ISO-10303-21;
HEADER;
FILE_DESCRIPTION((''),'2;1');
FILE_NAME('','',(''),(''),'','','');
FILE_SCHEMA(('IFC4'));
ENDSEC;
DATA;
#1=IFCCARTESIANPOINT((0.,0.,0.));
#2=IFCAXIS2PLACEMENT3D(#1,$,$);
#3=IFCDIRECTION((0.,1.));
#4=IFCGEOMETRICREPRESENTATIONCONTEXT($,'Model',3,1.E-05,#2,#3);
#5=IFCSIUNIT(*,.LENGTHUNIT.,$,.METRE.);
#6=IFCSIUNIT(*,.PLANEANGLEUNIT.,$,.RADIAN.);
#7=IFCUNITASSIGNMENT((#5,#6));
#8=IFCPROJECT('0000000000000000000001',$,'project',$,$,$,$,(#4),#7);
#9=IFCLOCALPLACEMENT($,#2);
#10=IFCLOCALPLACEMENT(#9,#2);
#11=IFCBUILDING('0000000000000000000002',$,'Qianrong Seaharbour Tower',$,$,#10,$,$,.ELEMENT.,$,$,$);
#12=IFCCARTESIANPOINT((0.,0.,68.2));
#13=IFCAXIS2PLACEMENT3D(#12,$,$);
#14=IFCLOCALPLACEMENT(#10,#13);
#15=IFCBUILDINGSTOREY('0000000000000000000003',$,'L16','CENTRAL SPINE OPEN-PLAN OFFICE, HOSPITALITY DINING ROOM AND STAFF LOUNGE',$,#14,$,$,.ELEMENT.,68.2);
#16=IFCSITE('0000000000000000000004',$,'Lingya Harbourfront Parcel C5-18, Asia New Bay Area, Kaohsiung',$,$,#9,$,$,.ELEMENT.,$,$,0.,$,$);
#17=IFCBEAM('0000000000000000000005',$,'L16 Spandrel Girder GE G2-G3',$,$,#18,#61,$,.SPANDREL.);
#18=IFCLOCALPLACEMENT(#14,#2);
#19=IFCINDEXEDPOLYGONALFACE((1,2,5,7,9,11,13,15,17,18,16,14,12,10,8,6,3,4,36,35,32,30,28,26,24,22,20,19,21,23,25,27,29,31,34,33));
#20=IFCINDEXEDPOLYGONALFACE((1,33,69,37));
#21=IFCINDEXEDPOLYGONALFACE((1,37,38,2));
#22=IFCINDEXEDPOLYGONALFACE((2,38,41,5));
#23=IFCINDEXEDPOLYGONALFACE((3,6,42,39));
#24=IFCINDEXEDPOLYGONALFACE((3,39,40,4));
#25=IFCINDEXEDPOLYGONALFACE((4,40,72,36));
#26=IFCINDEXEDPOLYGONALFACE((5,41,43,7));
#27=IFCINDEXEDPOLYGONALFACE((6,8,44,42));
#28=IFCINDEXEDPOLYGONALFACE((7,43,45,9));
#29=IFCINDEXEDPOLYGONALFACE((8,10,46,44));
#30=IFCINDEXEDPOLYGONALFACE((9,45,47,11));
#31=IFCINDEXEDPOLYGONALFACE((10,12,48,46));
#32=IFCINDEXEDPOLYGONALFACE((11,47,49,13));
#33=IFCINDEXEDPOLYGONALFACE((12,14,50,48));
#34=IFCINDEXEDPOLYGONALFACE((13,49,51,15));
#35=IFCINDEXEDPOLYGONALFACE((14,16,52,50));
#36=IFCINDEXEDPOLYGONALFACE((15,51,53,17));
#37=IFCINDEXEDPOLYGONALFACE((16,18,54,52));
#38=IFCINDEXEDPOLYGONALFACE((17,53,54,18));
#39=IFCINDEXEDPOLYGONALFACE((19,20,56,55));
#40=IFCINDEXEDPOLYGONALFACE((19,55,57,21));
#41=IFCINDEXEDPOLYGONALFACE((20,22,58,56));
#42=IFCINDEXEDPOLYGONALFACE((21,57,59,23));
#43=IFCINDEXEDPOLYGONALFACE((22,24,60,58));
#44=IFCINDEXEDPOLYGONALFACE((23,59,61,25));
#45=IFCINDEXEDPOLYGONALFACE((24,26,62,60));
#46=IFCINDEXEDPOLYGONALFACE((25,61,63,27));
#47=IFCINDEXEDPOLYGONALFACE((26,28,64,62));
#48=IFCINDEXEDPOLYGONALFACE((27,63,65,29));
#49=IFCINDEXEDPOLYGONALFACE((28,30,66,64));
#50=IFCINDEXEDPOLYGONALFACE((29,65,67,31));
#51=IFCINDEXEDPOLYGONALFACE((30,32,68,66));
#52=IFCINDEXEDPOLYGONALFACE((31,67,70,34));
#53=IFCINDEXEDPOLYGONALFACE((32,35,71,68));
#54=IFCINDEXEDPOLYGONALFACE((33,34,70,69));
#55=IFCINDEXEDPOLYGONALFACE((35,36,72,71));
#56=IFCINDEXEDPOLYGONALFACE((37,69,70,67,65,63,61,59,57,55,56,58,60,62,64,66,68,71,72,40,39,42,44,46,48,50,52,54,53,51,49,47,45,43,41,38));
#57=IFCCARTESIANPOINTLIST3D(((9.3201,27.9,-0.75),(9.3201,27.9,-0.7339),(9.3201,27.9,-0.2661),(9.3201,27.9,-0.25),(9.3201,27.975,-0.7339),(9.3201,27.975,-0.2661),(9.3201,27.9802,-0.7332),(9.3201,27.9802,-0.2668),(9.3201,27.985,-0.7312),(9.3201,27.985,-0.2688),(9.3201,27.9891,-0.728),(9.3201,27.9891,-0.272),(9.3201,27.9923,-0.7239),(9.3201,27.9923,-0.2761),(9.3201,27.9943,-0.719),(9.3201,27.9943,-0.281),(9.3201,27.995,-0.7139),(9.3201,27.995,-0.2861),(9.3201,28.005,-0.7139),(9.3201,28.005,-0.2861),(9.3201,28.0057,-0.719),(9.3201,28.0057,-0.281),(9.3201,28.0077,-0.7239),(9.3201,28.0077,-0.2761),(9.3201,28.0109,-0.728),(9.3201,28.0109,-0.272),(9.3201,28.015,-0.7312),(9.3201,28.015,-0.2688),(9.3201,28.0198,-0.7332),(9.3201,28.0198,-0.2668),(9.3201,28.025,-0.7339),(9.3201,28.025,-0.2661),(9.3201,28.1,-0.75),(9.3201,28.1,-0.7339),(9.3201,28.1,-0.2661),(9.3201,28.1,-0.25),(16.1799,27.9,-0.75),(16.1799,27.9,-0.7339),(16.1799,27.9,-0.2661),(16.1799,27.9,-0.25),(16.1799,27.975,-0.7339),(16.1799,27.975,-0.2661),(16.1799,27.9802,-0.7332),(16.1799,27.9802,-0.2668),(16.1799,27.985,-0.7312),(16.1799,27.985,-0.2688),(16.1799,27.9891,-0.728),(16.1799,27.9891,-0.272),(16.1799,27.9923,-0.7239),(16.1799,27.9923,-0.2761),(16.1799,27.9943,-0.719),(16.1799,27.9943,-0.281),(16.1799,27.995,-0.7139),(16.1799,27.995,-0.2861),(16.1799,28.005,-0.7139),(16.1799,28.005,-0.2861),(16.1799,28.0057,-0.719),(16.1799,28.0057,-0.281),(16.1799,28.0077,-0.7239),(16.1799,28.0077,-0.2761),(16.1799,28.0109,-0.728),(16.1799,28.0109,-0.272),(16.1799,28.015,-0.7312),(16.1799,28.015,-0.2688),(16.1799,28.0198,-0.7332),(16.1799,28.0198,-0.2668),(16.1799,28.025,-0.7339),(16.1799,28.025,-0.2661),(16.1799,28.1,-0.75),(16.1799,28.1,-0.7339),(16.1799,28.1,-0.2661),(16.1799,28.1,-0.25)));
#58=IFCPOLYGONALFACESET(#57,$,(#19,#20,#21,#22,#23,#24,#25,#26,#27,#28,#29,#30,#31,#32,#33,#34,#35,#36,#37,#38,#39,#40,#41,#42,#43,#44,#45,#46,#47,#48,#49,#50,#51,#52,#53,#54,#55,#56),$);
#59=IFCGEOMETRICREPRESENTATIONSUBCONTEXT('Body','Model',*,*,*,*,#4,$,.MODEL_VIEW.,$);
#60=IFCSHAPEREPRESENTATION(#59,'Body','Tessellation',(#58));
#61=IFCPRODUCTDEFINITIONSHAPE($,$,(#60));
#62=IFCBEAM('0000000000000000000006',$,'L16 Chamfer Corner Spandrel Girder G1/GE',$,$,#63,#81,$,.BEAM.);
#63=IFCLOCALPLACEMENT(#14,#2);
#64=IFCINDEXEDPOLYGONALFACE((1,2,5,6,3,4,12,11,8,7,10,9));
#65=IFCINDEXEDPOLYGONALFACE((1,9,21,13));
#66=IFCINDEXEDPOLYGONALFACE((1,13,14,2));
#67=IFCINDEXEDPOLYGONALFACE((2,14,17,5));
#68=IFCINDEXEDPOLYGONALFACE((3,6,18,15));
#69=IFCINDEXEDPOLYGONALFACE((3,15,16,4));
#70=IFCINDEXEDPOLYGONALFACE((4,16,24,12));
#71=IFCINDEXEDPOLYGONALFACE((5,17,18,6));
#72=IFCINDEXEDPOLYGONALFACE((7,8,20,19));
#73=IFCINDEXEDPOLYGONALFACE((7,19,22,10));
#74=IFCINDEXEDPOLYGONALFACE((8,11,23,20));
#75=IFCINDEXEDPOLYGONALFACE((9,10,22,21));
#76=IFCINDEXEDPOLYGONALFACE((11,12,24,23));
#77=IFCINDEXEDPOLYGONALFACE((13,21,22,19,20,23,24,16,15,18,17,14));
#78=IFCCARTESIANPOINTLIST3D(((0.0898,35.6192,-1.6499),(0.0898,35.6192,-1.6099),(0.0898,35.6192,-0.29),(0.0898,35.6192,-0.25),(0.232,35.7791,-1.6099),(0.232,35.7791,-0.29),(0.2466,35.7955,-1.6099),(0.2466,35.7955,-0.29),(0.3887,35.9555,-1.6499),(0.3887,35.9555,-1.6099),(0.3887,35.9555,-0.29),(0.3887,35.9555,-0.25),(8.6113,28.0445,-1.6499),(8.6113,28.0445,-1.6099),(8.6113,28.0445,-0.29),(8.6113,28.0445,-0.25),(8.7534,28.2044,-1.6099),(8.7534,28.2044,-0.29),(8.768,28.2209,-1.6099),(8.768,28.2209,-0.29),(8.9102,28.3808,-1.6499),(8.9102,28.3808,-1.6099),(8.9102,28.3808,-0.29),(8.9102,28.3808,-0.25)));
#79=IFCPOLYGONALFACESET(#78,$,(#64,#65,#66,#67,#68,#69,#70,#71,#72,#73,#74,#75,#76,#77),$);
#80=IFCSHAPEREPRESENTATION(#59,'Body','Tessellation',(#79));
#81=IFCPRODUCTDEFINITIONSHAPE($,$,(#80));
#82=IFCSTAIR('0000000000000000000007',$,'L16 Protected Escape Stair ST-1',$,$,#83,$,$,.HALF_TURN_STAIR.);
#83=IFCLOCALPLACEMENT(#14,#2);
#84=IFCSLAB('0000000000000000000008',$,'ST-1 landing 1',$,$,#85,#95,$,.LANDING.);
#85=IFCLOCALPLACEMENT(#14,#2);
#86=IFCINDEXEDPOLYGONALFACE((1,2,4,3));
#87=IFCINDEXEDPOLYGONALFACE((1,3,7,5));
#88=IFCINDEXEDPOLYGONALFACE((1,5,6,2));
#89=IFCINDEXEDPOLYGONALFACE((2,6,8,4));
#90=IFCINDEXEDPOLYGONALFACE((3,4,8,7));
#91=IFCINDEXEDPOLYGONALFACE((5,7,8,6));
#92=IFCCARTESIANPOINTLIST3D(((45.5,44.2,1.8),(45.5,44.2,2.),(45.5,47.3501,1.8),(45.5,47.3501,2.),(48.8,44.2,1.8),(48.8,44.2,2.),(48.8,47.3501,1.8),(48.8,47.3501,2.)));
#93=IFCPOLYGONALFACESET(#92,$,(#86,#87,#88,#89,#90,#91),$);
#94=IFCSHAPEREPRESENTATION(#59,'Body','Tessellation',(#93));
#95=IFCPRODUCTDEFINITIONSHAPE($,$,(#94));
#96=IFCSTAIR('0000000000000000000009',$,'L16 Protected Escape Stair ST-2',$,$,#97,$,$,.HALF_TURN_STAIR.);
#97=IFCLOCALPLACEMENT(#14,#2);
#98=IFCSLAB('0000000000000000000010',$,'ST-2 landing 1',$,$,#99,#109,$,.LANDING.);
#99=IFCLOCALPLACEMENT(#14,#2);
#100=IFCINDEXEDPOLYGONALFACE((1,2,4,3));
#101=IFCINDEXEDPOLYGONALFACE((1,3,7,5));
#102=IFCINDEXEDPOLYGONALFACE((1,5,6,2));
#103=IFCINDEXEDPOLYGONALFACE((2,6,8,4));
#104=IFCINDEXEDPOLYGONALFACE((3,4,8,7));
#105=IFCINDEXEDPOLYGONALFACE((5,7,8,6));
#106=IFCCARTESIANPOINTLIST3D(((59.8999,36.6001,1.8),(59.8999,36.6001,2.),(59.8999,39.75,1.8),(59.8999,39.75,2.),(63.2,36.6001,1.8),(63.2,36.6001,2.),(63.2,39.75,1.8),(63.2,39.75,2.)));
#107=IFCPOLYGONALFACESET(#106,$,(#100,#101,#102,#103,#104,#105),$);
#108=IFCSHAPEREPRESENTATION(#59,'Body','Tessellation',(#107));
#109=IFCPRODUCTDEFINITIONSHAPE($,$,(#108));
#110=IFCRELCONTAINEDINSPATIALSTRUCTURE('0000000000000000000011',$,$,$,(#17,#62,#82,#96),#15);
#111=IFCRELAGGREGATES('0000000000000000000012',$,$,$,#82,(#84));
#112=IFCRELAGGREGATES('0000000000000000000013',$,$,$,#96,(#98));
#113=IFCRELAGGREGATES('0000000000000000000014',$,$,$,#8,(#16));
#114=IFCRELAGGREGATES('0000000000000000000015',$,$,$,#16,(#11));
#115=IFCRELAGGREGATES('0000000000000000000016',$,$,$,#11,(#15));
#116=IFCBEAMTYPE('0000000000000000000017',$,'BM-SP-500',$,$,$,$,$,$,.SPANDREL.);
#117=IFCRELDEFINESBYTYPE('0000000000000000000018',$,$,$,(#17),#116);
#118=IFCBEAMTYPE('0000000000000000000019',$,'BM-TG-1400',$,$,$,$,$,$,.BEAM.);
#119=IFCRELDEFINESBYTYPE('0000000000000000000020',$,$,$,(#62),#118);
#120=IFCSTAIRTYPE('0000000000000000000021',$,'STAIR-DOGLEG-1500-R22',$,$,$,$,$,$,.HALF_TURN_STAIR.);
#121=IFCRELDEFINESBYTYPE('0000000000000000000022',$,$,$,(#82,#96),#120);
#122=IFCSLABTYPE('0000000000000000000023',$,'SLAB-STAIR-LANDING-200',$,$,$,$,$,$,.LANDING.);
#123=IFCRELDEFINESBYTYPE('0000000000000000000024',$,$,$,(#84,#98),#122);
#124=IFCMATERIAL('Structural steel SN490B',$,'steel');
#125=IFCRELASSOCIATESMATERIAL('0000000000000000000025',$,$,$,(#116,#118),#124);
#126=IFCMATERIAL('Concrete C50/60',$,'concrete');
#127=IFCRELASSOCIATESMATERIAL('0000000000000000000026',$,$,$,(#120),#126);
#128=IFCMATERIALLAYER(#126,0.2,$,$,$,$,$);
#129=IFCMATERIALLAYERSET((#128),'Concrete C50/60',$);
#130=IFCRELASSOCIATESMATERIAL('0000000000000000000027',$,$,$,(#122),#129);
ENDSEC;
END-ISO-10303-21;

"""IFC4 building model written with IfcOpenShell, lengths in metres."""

from ifc_helpers import new_model, si_unit, direction, frame, origin, origin_2d, place, context, subcontext, project, spatial, polyline, i_section, outline, extrude, material, layer, layer_set, material_profile, profile_set, type_object, element, aggregate, save


model = new_model("IFC4")

# Units and contexts
model_context = context("Model", 3, precision=1e-05, world=origin(), true_north=direction((0.0, 1.0)))
body_context = subcontext(model_context, "Body", "Model", "MODEL_VIEW")
ifc_project = project(units=[si_unit("LENGTHUNIT", "METRE"), si_unit("PLANEANGLEUNIT", "RADIAN")], contexts=[model_context])

# Site, building, storey
site_placement = place(None, origin())
site = spatial("IfcSite", under=ifc_project, at=site_placement, Name="Lingya Harbourfront Parcel C5-18, Asia New Bay Area, Kaohsiung", CompositionType="ELEMENT", RefElevation=0.0)
building_placement = place(site_placement, origin())
building = spatial("IfcBuilding", under=site, at=building_placement, Name="Qianrong Seaharbour Tower", CompositionType="ELEMENT")
storey_placement = place(building_placement, frame((0.0, 0.0, 68.2)))
storey = spatial("IfcBuildingStorey", under=building, at=storey_placement, Name="L16", Description="CENTRAL SPINE OPEN-PLAN OFFICE, HOSPITALITY DINING ROOM AND STAFF LOUNGE", CompositionType="ELEMENT", Elevation=68.2)

# Shared definitions
ifc_material_1 = material(Name="Structural steel SN490B", Category="steel")

# Beams
ifc_material_profile_1 = material_profile(ifc_material_1, i_section(OverallWidth=0.2, OverallDepth=0.5, WebThickness=0.01, FlangeThickness=0.0161, FilletRadius=0.02, at=origin_2d()), Name="H500x200x10x16")
ifc_profile_set_1 = profile_set([ifc_material_profile_1], Name="Structural steel SN490B")
beam_type_1 = type_object("IfcBeamType", Name="BM-SP-500", PredefinedType="SPANDREL", material=ifc_profile_set_1)
beam_1_placement = place(storey_placement, frame((9.3201, 28.0, -0.5), z_axis=(1.0, 0.0, 0.0), x_axis=(0.0, 1.0, 0.0)))
element("IfcBeam", 1, at=beam_1_placement, inside=storey, type_object=beam_type_1, Name="L16 Spandrel Girder GE G2-G3", PredefinedType="SPANDREL", context=body_context, shape_type="SweptSolid", body=[
    extrude(i_section(OverallWidth=0.2, OverallDepth=0.5, WebThickness=0.01, FlangeThickness=0.0161, FilletRadius=0.02, at=origin_2d()), origin(), (0.0, 0.0, 1.0), 6.8599),
])
ifc_material_profile_2 = material_profile(ifc_material_1, i_section(OverallWidth=0.45, OverallDepth=1.3999, WebThickness=0.022, FlangeThickness=0.04, at=origin_2d()), Name="BH1400x450x22x40")
ifc_profile_set_2 = profile_set([ifc_material_profile_2], Name="Structural steel SN490B")
beam_type_2 = type_object("IfcBeamType", Name="BM-TG-1400", PredefinedType="BEAM", material=ifc_profile_set_2)
beam_2_placement = place(storey_placement, frame((8.7607, 28.2126, -0.95), z_axis=(-0.747407, 0.664366, 0.0), x_axis=(-0.664366, -0.747407, 0.0)))
element("IfcBeam", 2, at=beam_2_placement, inside=storey, type_object=beam_type_2, Name="L16 Chamfer Corner Spandrel Girder G1/GE", PredefinedType="BEAM", context=body_context, shape_type="SweptSolid", body=[
    extrude(i_section(OverallWidth=0.45, OverallDepth=1.3999, WebThickness=0.022, FlangeThickness=0.04, at=origin_2d()), origin(), (0.0, 0.0, 1.0), 11.4014),
])

# Stairs, slabs
ifc_material_2 = material(Name="Concrete C50/60", Category="concrete")
stair_type = type_object("IfcStairType", Name="STAIR-DOGLEG-1500-R22", PredefinedType="HALF_TURN_STAIR", material=ifc_material_2)
stair_1_placement = place(storey_placement, origin())
stair_1 = element("IfcStair", 3, at=stair_1_placement, inside=storey, type_object=stair_type, Name="L16 Protected Escape Stair ST-1", PredefinedType="HALF_TURN_STAIR")
ifc_layer_1 = layer(ifc_material_2, 0.2)
ifc_layer_set_1 = layer_set([ifc_layer_1], Name="Concrete C50/60")
slab_type_1 = type_object("IfcSlabType", Name="SLAB-STAIR-LANDING-200", PredefinedType="LANDING", material=ifc_layer_set_1)
slab_1_placement = place(storey_placement, frame((0.0, 0.0, 1.8)))
slab_1 = element("IfcSlab", 4, at=slab_1_placement, type_object=slab_type_1, Name="ST-1 landing 1", PredefinedType="LANDING", context=body_context, shape_type="SweptSolid", body=[
    extrude(outline(polyline([(45.5, 44.2), (48.8, 44.2), (48.8, 47.3501), (45.5, 47.3501), (45.5, 44.2)])), origin(), (0.0, 0.0, 1.0), 0.2),
])
aggregate(stair_1, [slab_1])
stair_2_placement = place(storey_placement, origin())
stair_2 = element("IfcStair", 5, at=stair_2_placement, inside=storey, type_object=stair_type, Name="L16 Protected Escape Stair ST-2", PredefinedType="HALF_TURN_STAIR")
slab_2_placement = place(storey_placement, frame((0.0, 0.0, 1.8)))
slab_2 = element("IfcSlab", 6, at=slab_2_placement, type_object=slab_type_1, Name="ST-2 landing 1", PredefinedType="LANDING", context=body_context, shape_type="SweptSolid", body=[
    extrude(outline(polyline([(59.8999, 36.6001), (63.2, 36.6001), (63.2, 39.75), (59.8999, 39.75), (59.8999, 36.6001)])), origin(), (0.0, 0.0, 1.0), 0.2),
])
aggregate(stair_2, [slab_2])

save(model, "model.ifc")
